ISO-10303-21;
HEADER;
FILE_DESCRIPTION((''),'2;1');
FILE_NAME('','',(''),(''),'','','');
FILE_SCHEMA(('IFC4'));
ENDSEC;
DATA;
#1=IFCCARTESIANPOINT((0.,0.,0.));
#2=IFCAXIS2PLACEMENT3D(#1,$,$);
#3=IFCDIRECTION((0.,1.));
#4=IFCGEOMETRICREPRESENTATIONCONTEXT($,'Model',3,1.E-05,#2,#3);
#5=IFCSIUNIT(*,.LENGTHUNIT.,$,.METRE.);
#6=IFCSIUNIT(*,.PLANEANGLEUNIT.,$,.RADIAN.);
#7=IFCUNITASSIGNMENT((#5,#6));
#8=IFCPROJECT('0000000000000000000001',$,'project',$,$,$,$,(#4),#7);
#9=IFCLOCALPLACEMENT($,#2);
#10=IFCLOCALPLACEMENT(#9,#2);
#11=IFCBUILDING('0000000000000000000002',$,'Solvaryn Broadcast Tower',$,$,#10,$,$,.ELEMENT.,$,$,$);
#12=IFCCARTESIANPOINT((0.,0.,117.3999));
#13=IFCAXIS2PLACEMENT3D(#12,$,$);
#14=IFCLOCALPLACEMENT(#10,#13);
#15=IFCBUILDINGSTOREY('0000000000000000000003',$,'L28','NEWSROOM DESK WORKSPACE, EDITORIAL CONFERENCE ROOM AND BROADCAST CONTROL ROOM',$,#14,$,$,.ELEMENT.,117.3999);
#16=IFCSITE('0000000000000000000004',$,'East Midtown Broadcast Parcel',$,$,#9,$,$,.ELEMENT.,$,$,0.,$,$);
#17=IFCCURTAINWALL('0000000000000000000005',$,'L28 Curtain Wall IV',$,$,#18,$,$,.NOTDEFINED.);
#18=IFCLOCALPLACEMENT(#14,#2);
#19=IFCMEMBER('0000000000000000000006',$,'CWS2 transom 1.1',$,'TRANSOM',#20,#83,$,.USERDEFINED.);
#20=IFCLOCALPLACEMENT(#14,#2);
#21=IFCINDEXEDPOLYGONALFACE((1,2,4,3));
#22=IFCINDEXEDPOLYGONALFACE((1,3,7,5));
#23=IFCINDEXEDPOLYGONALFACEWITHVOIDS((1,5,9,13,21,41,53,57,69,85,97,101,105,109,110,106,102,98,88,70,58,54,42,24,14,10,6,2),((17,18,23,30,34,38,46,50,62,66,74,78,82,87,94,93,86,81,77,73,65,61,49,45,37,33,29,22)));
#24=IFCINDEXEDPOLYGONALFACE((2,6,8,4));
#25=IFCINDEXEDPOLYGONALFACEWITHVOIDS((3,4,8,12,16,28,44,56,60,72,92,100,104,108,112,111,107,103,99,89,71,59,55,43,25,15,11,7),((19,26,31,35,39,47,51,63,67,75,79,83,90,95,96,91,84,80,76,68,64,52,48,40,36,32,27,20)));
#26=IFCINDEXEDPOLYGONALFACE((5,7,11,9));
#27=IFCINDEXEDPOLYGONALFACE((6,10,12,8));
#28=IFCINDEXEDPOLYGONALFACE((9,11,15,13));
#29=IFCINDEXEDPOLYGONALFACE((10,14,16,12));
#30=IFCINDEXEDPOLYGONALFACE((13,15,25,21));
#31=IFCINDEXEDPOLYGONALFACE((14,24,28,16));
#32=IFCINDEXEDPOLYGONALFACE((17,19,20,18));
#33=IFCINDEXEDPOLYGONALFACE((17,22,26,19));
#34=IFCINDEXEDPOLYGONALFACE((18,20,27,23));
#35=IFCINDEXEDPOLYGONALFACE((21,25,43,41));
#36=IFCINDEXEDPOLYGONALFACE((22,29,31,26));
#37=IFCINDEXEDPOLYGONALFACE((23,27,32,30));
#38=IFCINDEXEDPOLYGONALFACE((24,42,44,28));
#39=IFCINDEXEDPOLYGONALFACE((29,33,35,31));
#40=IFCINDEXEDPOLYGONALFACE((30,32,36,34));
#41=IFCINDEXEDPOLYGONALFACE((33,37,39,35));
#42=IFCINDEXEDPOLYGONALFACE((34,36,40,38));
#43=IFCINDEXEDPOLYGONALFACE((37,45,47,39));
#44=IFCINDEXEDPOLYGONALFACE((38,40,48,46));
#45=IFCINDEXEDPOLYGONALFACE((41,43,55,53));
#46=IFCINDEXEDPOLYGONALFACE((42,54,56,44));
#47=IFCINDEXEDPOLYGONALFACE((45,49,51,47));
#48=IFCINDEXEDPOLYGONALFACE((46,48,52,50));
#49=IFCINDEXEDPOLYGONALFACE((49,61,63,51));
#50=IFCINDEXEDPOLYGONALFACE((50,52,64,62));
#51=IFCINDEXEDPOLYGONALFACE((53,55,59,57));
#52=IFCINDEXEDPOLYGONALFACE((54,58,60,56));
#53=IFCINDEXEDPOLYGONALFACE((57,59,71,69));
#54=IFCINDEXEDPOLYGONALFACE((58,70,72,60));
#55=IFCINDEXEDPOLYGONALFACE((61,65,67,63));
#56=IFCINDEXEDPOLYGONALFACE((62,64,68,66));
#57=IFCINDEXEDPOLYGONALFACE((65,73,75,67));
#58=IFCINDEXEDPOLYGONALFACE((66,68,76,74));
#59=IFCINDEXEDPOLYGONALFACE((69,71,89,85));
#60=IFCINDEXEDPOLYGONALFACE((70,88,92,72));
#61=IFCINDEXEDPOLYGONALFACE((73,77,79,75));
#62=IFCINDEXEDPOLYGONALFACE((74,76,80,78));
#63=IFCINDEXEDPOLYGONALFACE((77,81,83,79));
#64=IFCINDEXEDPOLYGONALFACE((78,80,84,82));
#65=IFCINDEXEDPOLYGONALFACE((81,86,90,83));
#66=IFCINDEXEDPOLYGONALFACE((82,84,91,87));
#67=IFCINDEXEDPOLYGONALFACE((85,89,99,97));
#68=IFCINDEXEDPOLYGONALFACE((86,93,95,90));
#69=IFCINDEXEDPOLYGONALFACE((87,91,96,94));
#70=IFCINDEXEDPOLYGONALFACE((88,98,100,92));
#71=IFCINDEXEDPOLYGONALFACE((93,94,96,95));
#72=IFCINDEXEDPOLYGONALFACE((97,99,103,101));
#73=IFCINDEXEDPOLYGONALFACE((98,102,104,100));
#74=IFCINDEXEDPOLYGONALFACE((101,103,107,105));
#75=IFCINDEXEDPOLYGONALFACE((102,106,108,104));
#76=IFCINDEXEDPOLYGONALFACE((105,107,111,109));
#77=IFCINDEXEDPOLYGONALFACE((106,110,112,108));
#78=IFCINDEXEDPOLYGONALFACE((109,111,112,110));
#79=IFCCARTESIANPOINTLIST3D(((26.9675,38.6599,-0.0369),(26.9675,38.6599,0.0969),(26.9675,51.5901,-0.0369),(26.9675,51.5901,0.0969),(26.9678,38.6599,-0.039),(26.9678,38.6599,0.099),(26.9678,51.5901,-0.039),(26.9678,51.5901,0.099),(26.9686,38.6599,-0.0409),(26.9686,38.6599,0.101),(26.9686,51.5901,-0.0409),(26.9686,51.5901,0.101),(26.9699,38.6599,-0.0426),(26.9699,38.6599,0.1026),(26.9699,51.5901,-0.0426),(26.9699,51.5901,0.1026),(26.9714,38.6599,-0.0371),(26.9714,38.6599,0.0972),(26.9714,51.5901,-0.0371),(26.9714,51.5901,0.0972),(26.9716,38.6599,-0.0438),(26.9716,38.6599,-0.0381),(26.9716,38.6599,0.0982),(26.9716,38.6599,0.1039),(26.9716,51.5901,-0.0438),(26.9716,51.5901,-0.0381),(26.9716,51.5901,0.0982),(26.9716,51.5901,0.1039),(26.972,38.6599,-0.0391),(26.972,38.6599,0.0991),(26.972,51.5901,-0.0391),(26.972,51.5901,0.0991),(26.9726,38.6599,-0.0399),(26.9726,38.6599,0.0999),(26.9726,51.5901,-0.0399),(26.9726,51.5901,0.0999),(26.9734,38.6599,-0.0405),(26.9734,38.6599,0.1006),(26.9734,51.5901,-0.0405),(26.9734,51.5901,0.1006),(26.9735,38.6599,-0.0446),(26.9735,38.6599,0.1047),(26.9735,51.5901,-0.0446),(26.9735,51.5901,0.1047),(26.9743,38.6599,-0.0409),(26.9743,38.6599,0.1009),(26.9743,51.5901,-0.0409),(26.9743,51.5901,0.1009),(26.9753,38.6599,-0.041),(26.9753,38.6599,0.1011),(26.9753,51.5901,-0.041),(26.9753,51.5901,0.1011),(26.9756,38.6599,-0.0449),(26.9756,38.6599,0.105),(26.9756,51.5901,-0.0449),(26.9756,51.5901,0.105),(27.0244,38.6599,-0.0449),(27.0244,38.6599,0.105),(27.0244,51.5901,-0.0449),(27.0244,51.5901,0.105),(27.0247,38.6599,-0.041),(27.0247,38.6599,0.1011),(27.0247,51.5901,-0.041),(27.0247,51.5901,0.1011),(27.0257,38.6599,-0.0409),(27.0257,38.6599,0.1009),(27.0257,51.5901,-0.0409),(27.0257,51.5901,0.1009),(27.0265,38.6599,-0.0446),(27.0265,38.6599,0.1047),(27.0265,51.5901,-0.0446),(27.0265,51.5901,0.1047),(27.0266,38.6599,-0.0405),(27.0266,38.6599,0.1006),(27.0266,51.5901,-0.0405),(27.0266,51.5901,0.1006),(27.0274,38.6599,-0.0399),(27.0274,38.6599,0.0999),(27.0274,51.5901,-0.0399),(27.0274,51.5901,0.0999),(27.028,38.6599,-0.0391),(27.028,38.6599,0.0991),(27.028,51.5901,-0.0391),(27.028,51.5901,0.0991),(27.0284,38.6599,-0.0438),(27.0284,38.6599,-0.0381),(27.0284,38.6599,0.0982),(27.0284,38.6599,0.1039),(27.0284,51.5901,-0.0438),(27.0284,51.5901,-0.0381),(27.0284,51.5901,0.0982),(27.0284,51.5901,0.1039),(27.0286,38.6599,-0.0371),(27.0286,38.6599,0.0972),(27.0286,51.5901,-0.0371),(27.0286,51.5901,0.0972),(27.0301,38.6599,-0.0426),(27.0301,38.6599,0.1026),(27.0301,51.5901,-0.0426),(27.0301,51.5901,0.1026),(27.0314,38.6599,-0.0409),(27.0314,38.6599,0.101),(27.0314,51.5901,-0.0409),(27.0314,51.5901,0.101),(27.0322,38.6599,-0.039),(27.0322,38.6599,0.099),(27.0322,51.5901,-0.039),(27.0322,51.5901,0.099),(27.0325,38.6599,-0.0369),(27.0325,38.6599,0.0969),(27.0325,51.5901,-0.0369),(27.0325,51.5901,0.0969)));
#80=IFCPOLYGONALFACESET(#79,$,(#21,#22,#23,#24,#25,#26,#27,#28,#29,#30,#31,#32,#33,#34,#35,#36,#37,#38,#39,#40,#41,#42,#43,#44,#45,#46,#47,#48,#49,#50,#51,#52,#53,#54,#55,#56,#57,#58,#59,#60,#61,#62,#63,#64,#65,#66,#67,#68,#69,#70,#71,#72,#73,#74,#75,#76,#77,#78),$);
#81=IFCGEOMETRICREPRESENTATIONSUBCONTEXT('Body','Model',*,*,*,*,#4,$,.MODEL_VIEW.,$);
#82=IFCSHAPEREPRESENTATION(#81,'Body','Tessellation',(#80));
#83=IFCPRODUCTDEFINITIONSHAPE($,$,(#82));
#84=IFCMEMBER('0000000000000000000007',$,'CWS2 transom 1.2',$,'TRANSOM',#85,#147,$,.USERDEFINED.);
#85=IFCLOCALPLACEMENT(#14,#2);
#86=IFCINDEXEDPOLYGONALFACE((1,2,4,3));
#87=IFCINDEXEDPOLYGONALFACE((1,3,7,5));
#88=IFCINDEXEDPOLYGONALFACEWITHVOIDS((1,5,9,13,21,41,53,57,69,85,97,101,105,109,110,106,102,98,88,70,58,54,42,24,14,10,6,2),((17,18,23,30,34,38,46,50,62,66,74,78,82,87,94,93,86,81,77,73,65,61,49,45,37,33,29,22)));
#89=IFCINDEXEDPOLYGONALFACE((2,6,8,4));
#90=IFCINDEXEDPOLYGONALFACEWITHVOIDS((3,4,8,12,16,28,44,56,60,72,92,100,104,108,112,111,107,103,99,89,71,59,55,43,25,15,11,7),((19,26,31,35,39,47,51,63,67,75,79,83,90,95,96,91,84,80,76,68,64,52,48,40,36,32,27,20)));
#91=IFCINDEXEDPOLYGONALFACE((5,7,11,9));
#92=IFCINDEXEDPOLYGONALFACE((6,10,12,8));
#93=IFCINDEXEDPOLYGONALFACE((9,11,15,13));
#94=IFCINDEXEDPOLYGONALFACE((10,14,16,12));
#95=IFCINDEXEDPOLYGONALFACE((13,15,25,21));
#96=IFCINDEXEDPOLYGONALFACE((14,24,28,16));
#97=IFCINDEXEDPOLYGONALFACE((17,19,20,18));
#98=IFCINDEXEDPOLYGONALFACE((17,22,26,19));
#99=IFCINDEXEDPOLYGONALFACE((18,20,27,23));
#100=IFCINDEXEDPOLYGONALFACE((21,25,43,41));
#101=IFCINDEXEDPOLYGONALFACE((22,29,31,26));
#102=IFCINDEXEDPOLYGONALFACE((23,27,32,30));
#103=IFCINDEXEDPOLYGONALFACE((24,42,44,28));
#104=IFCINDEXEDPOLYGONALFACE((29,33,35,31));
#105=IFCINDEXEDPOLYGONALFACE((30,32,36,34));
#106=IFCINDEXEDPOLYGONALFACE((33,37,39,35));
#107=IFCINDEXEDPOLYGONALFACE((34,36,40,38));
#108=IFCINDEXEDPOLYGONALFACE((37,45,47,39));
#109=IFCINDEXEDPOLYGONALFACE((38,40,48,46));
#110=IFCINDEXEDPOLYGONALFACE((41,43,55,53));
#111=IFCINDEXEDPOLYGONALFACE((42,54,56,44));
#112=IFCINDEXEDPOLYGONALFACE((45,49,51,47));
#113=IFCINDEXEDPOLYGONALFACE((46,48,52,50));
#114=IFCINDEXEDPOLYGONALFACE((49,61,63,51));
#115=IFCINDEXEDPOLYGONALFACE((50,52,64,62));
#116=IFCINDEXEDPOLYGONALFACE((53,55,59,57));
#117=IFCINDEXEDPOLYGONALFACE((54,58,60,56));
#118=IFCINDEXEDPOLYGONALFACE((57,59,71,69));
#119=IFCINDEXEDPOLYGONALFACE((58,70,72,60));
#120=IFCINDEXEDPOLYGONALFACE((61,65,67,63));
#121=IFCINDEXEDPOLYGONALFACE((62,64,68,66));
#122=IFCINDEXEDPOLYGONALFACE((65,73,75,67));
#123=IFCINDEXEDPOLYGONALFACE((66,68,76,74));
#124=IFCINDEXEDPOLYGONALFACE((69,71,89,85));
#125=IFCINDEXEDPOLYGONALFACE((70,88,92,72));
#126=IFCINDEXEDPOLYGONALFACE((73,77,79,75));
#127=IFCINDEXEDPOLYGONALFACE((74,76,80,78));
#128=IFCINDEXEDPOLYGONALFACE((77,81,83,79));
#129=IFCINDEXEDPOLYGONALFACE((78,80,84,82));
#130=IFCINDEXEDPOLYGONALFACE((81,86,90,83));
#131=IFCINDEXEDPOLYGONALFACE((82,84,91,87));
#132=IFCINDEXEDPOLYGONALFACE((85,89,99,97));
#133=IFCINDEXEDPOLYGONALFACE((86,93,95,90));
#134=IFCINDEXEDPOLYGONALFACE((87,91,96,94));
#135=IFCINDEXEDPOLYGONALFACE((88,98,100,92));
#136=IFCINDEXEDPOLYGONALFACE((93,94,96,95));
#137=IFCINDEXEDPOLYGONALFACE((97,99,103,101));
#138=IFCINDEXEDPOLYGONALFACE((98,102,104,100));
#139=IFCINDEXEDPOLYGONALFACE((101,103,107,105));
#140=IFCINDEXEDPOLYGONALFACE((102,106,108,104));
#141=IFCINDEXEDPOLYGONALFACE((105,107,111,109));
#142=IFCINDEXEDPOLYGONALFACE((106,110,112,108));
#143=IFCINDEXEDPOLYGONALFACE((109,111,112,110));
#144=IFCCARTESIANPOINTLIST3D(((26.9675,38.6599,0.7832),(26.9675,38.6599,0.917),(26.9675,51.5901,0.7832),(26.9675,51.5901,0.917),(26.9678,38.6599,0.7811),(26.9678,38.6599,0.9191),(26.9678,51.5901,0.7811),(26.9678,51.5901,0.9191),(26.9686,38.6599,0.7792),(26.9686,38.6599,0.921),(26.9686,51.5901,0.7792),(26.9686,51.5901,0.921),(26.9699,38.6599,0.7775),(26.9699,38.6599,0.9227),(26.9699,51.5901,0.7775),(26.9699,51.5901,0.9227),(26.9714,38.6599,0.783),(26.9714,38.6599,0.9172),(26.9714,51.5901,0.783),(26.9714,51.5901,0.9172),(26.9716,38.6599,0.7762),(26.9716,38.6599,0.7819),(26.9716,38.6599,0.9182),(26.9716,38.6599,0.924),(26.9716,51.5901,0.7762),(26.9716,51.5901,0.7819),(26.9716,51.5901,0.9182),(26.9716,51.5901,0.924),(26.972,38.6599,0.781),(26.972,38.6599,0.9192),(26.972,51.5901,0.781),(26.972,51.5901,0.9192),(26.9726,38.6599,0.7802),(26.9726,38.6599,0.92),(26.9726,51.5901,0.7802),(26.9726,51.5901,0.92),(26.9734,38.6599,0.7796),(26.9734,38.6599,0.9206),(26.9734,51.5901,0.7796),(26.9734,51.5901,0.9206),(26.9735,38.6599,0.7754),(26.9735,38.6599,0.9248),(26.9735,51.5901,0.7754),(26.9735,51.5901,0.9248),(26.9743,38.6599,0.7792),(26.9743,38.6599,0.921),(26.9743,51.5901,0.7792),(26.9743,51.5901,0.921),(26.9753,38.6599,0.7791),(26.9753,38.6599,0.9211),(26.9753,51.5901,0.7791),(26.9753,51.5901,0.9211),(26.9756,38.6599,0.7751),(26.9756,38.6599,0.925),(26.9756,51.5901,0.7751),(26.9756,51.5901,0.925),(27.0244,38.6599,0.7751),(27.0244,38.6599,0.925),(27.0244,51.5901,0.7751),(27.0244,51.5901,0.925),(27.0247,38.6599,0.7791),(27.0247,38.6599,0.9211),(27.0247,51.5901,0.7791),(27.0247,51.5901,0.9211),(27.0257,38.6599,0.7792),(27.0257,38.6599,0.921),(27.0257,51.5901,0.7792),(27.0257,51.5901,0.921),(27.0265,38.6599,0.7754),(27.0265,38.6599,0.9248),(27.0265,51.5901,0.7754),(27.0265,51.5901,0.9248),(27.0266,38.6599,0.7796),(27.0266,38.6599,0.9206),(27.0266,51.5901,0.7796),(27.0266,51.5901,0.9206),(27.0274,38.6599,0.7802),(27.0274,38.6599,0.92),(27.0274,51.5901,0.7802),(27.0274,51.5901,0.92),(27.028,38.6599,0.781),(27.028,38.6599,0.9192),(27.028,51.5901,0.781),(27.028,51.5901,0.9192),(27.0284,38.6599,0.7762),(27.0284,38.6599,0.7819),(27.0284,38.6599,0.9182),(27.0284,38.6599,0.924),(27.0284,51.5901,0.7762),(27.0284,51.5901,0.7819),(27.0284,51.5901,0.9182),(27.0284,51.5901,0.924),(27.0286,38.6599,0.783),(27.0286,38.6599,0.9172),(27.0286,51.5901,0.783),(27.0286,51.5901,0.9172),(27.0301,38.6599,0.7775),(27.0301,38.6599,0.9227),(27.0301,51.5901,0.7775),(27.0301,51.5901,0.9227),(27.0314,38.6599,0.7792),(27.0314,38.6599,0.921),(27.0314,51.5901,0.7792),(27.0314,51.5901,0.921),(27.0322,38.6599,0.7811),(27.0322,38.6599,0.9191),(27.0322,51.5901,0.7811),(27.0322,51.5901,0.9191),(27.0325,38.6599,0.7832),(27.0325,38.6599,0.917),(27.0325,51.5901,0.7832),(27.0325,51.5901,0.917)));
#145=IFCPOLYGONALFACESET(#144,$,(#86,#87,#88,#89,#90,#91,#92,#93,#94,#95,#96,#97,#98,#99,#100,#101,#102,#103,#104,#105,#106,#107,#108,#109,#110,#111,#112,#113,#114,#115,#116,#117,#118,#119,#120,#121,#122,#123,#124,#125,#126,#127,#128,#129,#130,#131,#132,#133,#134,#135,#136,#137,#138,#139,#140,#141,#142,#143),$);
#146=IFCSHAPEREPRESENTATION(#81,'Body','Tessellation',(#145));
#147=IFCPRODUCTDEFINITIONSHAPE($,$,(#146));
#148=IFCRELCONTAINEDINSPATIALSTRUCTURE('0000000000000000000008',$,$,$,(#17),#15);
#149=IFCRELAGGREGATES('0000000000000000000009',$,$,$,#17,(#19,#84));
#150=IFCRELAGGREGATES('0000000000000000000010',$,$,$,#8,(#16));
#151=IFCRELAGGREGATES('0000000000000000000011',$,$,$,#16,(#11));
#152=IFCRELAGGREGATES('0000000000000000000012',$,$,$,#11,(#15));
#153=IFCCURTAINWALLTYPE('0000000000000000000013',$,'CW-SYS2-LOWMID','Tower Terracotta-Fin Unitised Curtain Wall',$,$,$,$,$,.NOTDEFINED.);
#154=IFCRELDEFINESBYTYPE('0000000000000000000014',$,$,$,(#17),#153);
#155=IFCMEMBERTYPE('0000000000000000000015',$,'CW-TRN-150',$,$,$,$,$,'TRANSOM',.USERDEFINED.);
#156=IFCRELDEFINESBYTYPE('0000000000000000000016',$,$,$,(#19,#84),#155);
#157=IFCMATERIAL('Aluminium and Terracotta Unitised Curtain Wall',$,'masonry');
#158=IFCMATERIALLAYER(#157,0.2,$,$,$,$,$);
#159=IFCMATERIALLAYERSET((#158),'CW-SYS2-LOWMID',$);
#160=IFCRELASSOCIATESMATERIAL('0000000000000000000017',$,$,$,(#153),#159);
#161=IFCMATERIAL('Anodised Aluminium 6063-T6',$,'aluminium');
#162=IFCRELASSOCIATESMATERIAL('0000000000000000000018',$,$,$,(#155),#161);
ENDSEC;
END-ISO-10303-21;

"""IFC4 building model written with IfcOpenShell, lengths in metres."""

from ifc_helpers import new_model, si_unit, direction, frame, origin, origin_2d, place, context, subcontext, project, spatial, hollow_rectangle, extrude, material, layer, layer_set, material_profile, profile_set, type_object, element, aggregate, save


model = new_model("IFC4")

# Units and contexts
model_context = context("Model", 3, precision=1e-05, world=origin(), true_north=direction((0.0, 1.0)))
body_context = subcontext(model_context, "Body", "Model", "MODEL_VIEW")
ifc_project = project(units=[si_unit("LENGTHUNIT", "METRE"), si_unit("PLANEANGLEUNIT", "RADIAN")], contexts=[model_context])

# Site, building, storey
site_placement = place(None, origin())
site = spatial("IfcSite", under=ifc_project, at=site_placement, Name="East Midtown Broadcast Parcel", CompositionType="ELEMENT", RefElevation=0.0)
building_placement = place(site_placement, origin())
building = spatial("IfcBuilding", under=site, at=building_placement, Name="Solvaryn Broadcast Tower", CompositionType="ELEMENT")
storey_placement = place(building_placement, frame((0.0, 0.0, 117.3999)))
storey = spatial("IfcBuildingStorey", under=building, at=storey_placement, Name="L28", Description="NEWSROOM DESK WORKSPACE, EDITORIAL CONFERENCE ROOM AND BROADCAST CONTROL ROOM", CompositionType="ELEMENT", Elevation=117.3999)

# Curtain wall
ifc_material_1 = material(Name="Aluminium and Terracotta Unitised Curtain Wall", Category="masonry")
ifc_layer_1 = layer(ifc_material_1, 0.2)
ifc_layer_set_1 = layer_set([ifc_layer_1], Name="CW-SYS2-LOWMID")
curtain_wall_type = type_object("IfcCurtainWallType", Name="CW-SYS2-LOWMID", Description="Tower Terracotta-Fin Unitised Curtain Wall", PredefinedType="NOTDEFINED", material=ifc_layer_set_1)
curtain_wall_1_placement = place(storey_placement, origin())
curtain_wall_1 = element("IfcCurtainWall", 1, at=curtain_wall_1_placement, inside=storey, type_object=curtain_wall_type, Name="L28 Curtain Wall IV", PredefinedType="NOTDEFINED")

# Members
ifc_material_2 = material(Name="Anodised Aluminium 6063-T6", Category="aluminium")
ifc_material_profile_1 = material_profile(ifc_material_2, hollow_rectangle(XDim=0.0649, YDim=0.1499, WallThickness=0.0039, InnerFilletRadius=0.0039, OuterFilletRadius=0.0081, at=origin_2d()))
ifc_profile_set_1 = profile_set([ifc_material_profile_1], Name="Anodised Aluminium 6063-T6")
member_type_1 = type_object("IfcMemberType", Name="CW-TRN-150", ElementType="TRANSOM", PredefinedType="USERDEFINED", material=ifc_profile_set_1)
member_1_placement = place(storey_placement, frame((27.0, 51.5901, 0.03), z_axis=(0.0, -1.0, 0.0), x_axis=(1.0, 0.0, 0.0)))
member_1 = element("IfcMember", 2, at=member_1_placement, type_object=member_type_1, Name="CWS2 transom 1.1", ObjectType="TRANSOM", PredefinedType="USERDEFINED", context=body_context, shape_type="SweptSolid", body=[
    extrude(hollow_rectangle(XDim=0.0649, YDim=0.1499, WallThickness=0.0039, InnerFilletRadius=0.0039, OuterFilletRadius=0.0081, at=origin_2d()), origin(), (0.0, 0.0, 1.0), 12.9302),
])
member_2_placement = place(storey_placement, frame((27.0, 51.5901, 0.8501), z_axis=(0.0, -1.0, 0.0), x_axis=(1.0, 0.0, 0.0)))
member_2 = element("IfcMember", 3, at=member_2_placement, type_object=member_type_1, Name="CWS2 transom 1.2", ObjectType="TRANSOM", PredefinedType="USERDEFINED", context=body_context, shape_type="SweptSolid", body=[
    extrude(hollow_rectangle(XDim=0.0649, YDim=0.1499, WallThickness=0.0039, InnerFilletRadius=0.0039, OuterFilletRadius=0.0081, at=origin_2d()), origin(), (0.0, 0.0, 1.0), 12.9302),
])

aggregate(curtain_wall_1, [member_1, member_2])

save(model, "model.ifc")
